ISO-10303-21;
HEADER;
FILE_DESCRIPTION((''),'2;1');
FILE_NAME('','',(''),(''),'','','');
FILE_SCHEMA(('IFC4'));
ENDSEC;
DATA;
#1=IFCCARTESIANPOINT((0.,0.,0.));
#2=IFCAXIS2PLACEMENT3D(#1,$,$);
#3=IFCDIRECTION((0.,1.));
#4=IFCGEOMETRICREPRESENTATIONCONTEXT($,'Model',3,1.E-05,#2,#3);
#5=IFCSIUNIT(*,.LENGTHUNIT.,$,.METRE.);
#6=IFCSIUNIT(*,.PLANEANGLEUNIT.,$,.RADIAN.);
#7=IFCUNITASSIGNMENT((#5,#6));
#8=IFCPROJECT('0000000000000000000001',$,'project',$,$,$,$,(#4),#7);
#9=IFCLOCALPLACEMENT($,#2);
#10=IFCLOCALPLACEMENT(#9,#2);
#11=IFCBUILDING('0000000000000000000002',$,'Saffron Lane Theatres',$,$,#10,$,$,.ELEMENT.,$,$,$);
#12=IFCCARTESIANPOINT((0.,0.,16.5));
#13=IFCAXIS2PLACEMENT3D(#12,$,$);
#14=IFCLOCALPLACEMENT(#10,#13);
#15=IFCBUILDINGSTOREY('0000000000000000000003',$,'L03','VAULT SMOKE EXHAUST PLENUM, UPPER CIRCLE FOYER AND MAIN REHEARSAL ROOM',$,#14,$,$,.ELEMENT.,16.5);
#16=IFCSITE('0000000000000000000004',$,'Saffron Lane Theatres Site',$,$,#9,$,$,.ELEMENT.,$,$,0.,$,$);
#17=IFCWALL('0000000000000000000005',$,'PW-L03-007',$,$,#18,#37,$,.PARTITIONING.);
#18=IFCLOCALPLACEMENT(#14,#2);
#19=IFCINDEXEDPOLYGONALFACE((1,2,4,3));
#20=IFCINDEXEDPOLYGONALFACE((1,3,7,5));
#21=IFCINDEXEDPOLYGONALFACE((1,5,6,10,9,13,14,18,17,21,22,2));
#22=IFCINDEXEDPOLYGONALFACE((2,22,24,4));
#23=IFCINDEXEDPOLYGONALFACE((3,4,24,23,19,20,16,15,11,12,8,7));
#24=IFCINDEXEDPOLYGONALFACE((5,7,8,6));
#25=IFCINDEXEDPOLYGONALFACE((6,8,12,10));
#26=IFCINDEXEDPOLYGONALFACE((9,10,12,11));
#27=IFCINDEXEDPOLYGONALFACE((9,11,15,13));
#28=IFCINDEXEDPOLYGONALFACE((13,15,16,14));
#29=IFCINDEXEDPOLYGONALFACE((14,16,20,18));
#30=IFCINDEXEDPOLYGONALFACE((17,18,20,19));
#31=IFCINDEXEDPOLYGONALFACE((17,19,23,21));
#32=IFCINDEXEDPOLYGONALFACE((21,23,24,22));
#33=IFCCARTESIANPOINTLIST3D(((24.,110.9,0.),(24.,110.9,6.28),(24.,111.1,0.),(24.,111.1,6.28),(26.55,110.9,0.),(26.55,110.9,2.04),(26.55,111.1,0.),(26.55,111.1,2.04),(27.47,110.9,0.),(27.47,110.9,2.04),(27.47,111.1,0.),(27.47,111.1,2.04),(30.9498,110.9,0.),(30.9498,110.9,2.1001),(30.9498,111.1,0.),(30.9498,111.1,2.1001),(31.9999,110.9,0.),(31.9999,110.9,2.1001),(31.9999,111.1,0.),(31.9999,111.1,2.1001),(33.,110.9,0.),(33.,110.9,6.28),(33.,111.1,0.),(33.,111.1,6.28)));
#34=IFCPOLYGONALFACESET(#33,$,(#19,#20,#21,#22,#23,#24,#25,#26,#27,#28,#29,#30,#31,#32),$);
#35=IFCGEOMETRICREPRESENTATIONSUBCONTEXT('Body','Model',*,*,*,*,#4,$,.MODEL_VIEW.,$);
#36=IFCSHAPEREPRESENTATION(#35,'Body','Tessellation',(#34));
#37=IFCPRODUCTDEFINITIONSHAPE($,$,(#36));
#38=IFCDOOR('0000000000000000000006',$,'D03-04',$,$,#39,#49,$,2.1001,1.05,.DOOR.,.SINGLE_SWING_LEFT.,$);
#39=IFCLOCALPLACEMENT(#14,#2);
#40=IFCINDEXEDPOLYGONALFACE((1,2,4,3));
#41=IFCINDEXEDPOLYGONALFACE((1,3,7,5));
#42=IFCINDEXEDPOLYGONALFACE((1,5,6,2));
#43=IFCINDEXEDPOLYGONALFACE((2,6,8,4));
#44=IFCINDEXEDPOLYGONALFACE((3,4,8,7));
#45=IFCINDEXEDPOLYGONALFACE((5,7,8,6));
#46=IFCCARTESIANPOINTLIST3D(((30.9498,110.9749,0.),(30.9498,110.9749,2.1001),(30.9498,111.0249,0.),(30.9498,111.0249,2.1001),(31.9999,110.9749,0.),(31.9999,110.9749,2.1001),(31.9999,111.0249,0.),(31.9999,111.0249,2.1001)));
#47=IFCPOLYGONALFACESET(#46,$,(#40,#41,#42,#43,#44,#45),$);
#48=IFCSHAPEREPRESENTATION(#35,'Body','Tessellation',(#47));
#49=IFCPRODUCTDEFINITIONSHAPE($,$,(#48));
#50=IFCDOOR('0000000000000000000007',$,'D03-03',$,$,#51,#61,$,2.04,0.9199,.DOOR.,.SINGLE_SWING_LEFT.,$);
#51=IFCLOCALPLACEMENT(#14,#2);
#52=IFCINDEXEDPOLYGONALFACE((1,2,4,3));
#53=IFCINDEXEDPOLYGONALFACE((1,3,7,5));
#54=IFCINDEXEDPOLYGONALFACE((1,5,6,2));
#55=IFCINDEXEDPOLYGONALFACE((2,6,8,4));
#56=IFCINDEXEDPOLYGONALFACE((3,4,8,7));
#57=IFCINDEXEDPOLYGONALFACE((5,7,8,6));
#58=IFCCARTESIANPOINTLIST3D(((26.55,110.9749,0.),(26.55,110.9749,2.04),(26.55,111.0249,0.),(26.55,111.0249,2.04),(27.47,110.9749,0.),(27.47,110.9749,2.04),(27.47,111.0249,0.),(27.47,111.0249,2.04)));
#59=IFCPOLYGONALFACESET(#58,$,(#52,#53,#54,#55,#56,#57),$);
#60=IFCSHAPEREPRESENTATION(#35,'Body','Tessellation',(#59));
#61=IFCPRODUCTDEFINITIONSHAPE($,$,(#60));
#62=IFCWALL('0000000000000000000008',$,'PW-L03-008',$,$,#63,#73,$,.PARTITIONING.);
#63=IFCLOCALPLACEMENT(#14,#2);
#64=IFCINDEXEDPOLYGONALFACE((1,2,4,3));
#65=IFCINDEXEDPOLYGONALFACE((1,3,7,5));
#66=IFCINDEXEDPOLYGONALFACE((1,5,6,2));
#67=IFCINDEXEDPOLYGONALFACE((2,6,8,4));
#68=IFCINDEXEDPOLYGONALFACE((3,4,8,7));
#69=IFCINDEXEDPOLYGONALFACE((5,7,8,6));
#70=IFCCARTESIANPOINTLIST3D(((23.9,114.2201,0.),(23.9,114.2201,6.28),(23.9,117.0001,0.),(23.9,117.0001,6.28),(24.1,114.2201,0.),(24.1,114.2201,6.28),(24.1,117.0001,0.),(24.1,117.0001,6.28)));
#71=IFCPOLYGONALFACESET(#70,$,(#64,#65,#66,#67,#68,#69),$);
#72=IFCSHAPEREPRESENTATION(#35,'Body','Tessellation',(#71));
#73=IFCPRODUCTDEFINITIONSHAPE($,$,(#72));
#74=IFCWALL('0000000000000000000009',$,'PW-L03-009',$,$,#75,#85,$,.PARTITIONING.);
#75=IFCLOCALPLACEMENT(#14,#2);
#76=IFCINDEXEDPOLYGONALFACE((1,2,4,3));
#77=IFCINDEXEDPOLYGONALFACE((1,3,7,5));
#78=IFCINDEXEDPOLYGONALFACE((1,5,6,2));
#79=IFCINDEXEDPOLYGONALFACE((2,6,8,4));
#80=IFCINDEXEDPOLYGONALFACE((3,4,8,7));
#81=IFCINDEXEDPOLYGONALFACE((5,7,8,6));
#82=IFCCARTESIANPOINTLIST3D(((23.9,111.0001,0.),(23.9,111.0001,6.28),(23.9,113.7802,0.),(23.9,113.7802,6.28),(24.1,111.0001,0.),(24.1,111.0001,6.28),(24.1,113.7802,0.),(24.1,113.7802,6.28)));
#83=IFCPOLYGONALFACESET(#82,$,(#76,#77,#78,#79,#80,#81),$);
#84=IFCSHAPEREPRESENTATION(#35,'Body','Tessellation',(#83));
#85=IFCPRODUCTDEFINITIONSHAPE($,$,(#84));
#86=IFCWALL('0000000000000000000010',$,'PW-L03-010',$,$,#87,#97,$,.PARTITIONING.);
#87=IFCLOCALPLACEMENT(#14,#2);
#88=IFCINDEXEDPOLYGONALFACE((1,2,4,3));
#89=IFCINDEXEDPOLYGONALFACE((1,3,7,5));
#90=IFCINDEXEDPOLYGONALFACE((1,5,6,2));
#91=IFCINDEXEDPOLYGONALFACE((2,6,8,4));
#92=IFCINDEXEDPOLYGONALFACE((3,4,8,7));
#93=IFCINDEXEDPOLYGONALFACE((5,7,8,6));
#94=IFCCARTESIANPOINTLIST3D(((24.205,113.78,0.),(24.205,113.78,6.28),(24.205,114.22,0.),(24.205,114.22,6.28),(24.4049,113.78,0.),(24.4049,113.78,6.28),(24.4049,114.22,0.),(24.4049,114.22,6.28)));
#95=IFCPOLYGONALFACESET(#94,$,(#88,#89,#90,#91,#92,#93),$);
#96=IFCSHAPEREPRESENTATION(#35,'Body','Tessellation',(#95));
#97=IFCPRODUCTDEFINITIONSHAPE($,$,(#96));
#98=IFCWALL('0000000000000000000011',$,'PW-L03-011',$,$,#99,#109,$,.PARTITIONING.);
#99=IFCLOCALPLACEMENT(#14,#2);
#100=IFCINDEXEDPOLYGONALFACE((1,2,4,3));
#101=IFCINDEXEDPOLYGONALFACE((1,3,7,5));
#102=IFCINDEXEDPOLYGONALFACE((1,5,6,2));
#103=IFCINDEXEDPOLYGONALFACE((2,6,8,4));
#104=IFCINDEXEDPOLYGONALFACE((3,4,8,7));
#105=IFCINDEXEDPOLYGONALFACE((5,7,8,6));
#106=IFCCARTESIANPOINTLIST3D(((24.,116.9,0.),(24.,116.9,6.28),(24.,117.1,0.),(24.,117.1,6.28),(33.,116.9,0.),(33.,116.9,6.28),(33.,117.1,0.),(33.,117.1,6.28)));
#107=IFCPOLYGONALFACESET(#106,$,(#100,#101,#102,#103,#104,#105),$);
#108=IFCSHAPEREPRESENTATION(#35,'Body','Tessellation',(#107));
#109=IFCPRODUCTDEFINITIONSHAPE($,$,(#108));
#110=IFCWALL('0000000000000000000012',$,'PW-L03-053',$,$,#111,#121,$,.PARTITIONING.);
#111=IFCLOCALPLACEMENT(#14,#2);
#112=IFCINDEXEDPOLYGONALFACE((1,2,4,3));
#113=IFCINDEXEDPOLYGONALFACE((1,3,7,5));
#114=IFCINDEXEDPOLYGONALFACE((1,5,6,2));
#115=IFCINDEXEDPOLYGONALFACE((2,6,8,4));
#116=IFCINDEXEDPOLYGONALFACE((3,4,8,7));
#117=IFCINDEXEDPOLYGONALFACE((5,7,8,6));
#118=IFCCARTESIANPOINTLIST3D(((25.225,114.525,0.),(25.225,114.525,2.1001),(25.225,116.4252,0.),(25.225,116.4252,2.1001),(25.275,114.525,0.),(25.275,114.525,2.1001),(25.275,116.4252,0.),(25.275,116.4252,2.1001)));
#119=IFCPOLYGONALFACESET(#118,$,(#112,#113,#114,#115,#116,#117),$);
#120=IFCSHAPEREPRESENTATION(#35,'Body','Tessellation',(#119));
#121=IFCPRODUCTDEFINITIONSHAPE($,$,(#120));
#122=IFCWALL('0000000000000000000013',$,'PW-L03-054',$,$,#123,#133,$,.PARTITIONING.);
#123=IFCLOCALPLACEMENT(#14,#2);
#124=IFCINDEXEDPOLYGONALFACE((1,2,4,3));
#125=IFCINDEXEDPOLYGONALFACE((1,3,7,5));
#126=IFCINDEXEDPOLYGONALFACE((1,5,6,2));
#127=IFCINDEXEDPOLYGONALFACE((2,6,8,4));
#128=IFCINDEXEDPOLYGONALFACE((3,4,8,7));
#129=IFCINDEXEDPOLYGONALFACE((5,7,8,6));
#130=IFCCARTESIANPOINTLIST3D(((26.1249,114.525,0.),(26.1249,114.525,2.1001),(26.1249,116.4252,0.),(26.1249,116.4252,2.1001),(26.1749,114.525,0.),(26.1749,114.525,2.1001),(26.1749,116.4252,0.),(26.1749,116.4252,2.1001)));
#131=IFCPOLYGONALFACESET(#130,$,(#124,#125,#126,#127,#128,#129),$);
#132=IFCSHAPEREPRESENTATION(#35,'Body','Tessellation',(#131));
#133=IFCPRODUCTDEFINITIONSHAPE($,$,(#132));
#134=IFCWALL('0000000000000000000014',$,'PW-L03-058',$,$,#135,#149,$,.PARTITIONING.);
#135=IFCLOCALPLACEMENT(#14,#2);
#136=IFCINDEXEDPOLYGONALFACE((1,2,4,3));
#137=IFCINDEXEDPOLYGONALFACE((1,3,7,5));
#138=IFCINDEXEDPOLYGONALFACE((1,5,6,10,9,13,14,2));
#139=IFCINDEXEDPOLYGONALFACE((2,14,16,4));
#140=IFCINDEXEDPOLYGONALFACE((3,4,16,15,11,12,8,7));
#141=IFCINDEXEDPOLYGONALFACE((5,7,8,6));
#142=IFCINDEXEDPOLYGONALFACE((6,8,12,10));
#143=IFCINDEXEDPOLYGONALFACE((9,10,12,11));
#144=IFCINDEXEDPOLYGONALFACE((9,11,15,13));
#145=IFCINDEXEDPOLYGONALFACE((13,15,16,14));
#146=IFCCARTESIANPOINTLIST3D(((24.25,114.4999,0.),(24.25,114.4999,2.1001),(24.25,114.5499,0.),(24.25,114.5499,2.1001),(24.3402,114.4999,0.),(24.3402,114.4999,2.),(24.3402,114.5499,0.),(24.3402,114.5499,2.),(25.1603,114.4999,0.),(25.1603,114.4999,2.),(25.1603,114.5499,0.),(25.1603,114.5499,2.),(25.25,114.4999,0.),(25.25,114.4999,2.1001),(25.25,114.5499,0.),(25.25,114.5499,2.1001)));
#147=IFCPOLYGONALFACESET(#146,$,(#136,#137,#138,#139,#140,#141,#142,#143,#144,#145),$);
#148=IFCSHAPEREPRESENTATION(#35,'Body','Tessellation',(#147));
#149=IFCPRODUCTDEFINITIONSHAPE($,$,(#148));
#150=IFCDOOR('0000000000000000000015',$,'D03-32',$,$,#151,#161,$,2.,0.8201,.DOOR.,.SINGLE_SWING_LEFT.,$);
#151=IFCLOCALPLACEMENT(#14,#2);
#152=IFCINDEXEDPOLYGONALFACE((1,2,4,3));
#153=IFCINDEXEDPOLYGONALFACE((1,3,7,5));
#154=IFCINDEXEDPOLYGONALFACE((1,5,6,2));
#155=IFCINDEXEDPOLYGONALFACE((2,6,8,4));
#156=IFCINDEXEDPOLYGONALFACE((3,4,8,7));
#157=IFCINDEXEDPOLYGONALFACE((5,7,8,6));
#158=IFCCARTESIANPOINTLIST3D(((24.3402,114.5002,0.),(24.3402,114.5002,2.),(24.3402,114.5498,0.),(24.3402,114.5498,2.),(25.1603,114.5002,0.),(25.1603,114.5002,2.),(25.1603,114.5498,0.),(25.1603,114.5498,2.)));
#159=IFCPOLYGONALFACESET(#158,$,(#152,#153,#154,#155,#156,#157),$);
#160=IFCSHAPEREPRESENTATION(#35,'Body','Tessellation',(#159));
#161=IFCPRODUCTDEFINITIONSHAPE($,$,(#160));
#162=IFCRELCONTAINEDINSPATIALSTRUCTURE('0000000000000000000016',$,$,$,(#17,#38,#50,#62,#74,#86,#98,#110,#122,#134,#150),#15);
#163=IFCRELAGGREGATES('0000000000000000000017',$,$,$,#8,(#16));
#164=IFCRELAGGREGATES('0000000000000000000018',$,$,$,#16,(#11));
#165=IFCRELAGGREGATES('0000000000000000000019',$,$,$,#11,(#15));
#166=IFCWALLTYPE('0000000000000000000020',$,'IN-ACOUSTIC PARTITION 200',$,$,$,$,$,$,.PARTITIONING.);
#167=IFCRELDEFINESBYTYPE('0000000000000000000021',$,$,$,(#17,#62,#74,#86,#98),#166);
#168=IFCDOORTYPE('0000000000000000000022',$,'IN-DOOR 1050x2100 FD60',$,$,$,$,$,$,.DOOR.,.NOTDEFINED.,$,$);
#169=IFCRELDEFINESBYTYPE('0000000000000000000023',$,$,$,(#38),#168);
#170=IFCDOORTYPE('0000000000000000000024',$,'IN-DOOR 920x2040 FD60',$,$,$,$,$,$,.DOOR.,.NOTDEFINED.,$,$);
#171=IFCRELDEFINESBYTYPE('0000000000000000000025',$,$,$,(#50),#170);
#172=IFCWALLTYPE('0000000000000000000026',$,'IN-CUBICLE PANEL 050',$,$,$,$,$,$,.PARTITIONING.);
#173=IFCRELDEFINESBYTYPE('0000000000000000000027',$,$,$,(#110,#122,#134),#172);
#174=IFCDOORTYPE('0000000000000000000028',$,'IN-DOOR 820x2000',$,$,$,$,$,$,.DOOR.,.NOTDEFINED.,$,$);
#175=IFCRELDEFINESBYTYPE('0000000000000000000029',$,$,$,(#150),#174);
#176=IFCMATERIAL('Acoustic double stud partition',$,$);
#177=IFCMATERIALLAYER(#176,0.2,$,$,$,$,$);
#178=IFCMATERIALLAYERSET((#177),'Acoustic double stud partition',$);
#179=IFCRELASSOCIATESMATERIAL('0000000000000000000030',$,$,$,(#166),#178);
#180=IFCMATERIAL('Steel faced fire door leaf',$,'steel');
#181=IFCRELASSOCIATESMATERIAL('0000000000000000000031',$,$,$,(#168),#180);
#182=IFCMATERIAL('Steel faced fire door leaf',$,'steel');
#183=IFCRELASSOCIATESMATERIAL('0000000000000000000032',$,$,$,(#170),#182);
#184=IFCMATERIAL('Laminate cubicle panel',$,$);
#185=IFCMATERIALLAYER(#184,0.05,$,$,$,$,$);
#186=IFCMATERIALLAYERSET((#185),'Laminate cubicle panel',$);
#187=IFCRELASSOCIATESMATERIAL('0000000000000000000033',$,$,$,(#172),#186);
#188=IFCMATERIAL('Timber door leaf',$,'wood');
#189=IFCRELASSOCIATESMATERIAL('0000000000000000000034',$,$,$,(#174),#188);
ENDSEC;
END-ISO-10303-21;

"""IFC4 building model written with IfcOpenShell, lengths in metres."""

from ifc_helpers import new_model, si_unit, direction, frame, frame_2d, origin, place, context, subcontext, project, spatial, rectangle, extrude, material, layer, layer_set, type_object, element, fill, save


model = new_model("IFC4")

# Units and contexts
model_context = context("Model", 3, precision=1e-05, world=origin(), true_north=direction((0.0, 1.0)))
body_context = subcontext(model_context, "Body", "Model", "MODEL_VIEW")
ifc_project = project(units=[si_unit("LENGTHUNIT", "METRE"), si_unit("PLANEANGLEUNIT", "RADIAN")], contexts=[model_context])

# Site, building, storey
site_placement = place(None, origin())
site = spatial("IfcSite", under=ifc_project, at=site_placement, Name="Saffron Lane Theatres Site", CompositionType="ELEMENT", RefElevation=0.0)
building_placement = place(site_placement, origin())
building = spatial("IfcBuilding", under=site, at=building_placement, Name="Saffron Lane Theatres", CompositionType="ELEMENT")
storey_placement = place(building_placement, frame((0.0, 0.0, 16.5)))
storey = spatial("IfcBuildingStorey", under=building, at=storey_placement, Name="L03", Description="VAULT SMOKE EXHAUST PLENUM, UPPER CIRCLE FOYER AND MAIN REHEARSAL ROOM", CompositionType="ELEMENT", Elevation=16.5)

# Shared definitions
ifc_material_1 = material(Name="Acoustic double stud partition")
ifc_layer_1 = layer(ifc_material_1, 0.2)
ifc_layer_set_1 = layer_set([ifc_layer_1], Name="Acoustic double stud partition")
wall_type_1 = type_object("IfcWallType", Name="IN-ACOUSTIC PARTITION 200", PredefinedType="PARTITIONING", material=ifc_layer_set_1)

# Wall, openings, doors
wall_1_placement = place(storey_placement, frame((24.0, 111.0, 0.0), z_axis=(0.0, 0.0, 1.0), x_axis=(1.0, 0.0, 0.0)))
wall_1 = element("IfcWall", 1, at=wall_1_placement, inside=storey, type_object=wall_type_1, Name="PW-L03-007", PredefinedType="PARTITIONING", context=body_context, shape_type="SweptSolid", body=[
    extrude(rectangle(XDim=9.0, YDim=0.2, at=frame_2d((4.5, 0.0))), origin(), (0.0, 0.0, 1.0), 6.28),
])
opening_1_placement = place(wall_1_placement, frame((2.55, 0.0, 0.0)))
opening_1 = element("IfcOpeningElement", 2, at=opening_1_placement, cuts=wall_1, PredefinedType="OPENING", context=body_context, shape_type="SweptSolid", body=[
    extrude(rectangle(XDim=0.9199, YDim=2.04, at=frame_2d((0.46, 1.02))), frame((0.0, 0.1099, 0.0), z_axis=(0.0, -1.0, 0.0), x_axis=(1.0, 0.0, 0.0)), (0.0, 0.0, 1.0), 0.22),
])
opening_2_placement = place(wall_1_placement, frame((6.95, 0.0, 0.0)))
opening_2 = element("IfcOpeningElement", 3, at=opening_2_placement, cuts=wall_1, PredefinedType="OPENING", context=body_context, shape_type="SweptSolid", body=[
    extrude(rectangle(XDim=1.05, YDim=2.1001, at=frame_2d((0.5249, 1.05))), frame((0.0, 0.1099, 0.0), z_axis=(0.0, -1.0, 0.0), x_axis=(1.0, 0.0, 0.0)), (0.0, 0.0, 1.0), 0.22),
])
ifc_material_2 = material(Name="Steel faced fire door leaf", Category="steel")
door_type_1 = type_object("IfcDoorType", Name="IN-DOOR 1050x2100 FD60", OperationType="NOTDEFINED", PredefinedType="DOOR", material=ifc_material_2)
door_1_placement = place(opening_2_placement, origin())
door_1 = element("IfcDoor", 4, at=door_1_placement, inside=storey, type_object=door_type_1, Name="D03-04", OperationType="SINGLE_SWING_LEFT", OverallHeight=2.1001, OverallWidth=1.05, PredefinedType="DOOR", context=body_context, shape_type="SweptSolid", body=[
    extrude(rectangle(XDim=1.05, YDim=2.1001, at=frame_2d((0.5249, 1.05))), frame((0.0, 0.0249, 0.0), z_axis=(0.0, -1.0, 0.0), x_axis=(1.0, 0.0, 0.0)), (0.0, 0.0, 1.0), 0.05),
])
fill(opening_2, door_1)
ifc_material_3 = material(Name="Steel faced fire door leaf", Category="steel")
door_type_2 = type_object("IfcDoorType", Name="IN-DOOR 920x2040 FD60", OperationType="NOTDEFINED", PredefinedType="DOOR", material=ifc_material_3)
door_2_placement = place(opening_1_placement, origin())
door_2 = element("IfcDoor", 5, at=door_2_placement, inside=storey, type_object=door_type_2, Name="D03-03", OperationType="SINGLE_SWING_LEFT", OverallHeight=2.04, OverallWidth=0.9199, PredefinedType="DOOR", context=body_context, shape_type="SweptSolid", body=[
    extrude(rectangle(XDim=0.9199, YDim=2.04, at=frame_2d((0.46, 1.02))), frame((0.0, 0.0249, 0.0), z_axis=(0.0, -1.0, 0.0), x_axis=(1.0, 0.0, 0.0)), (0.0, 0.0, 1.0), 0.05),
])
fill(opening_1, door_2)

# Walls
for number, where, z_axis, x_axis, name in (
    (6, (24.0, 114.22, 0.0), (0.0, 0.0, 1.0), (0.0, 1.0, 0.0), "PW-L03-008"),
    (7, (24.0, 111.0, 0.0), (0.0, 0.0, 1.0), (0.0, 1.0, 0.0), "PW-L03-009"),
):
    element("IfcWall", number, at=place(storey_placement, frame(where, z_axis=z_axis, x_axis=x_axis)), inside=storey, type_object=wall_type_1, Name=name, PredefinedType="PARTITIONING", context=body_context, shape_type="SweptSolid", body=[
        extrude(rectangle(XDim=2.78, YDim=0.2, at=frame_2d((1.3901, 0.0))), origin(), (0.0, 0.0, 1.0), 6.28),
    ])
wall_2_placement = place(storey_placement, frame((24.3049, 113.78, 0.0), z_axis=(0.0, 0.0, 1.0), x_axis=(0.0, 1.0, 0.0)))
element("IfcWall", 8, at=wall_2_placement, inside=storey, type_object=wall_type_1, Name="PW-L03-010", PredefinedType="PARTITIONING", context=body_context, shape_type="SweptSolid", body=[
    extrude(rectangle(XDim=0.4399, YDim=0.2, at=frame_2d((0.22, 0.0))), origin(), (0.0, 0.0, 1.0), 6.28),
])
wall_3_placement = place(storey_placement, frame((24.0, 117.0, 0.0), z_axis=(0.0, 0.0, 1.0), x_axis=(1.0, 0.0, 0.0)))
element("IfcWall", 9, at=wall_3_placement, inside=storey, type_object=wall_type_1, Name="PW-L03-011", PredefinedType="PARTITIONING", context=body_context, shape_type="SweptSolid", body=[
    extrude(rectangle(XDim=9.0, YDim=0.2, at=frame_2d((4.5, 0.0))), origin(), (0.0, 0.0, 1.0), 6.28),
])
ifc_material_4 = material(Name="Laminate cubicle panel")
ifc_layer_2 = layer(ifc_material_4, 0.05)
ifc_layer_set_2 = layer_set([ifc_layer_2], Name="Laminate cubicle panel")
wall_type_2 = type_object("IfcWallType", Name="IN-CUBICLE PANEL 050", PredefinedType="PARTITIONING", material=ifc_layer_set_2)
for number, where, z_axis, x_axis, name in (
    (10, (25.25, 114.5249, 0.0), (0.0, 0.0, 1.0), (0.0, 1.0, 0.0), "PW-L03-053"),
    (11, (26.1499, 114.5249, 0.0), (0.0, 0.0, 1.0), (0.0, 1.0, 0.0), "PW-L03-054"),
):
    element("IfcWall", number, at=place(storey_placement, frame(where, z_axis=z_axis, x_axis=x_axis)), inside=storey, type_object=wall_type_2, Name=name, PredefinedType="PARTITIONING", context=body_context, shape_type="SweptSolid", body=[
        extrude(rectangle(XDim=1.9001, YDim=0.05, at=frame_2d((0.9502, 0.0))), origin(), (0.0, 0.0, 1.0), 2.1001),
    ])

# Wall, opening, door
wall_4_placement = place(storey_placement, frame((24.25, 114.5249, 0.0), z_axis=(0.0, 0.0, 1.0), x_axis=(1.0, 0.0, 0.0)))
wall_4 = element("IfcWall", 12, at=wall_4_placement, inside=storey, type_object=wall_type_2, Name="PW-L03-058", PredefinedType="PARTITIONING", context=body_context, shape_type="SweptSolid", body=[
    extrude(rectangle(XDim=1.0, YDim=0.05, at=frame_2d((0.5, 0.0))), origin(), (0.0, 0.0, 1.0), 2.1001),
])
opening_3_placement = place(wall_4_placement, frame((0.0901, 0.0, 0.0)))
opening_3 = element("IfcOpeningElement", 13, at=opening_3_placement, cuts=wall_4, PredefinedType="OPENING", context=body_context, shape_type="SweptSolid", body=[
    extrude(rectangle(XDim=0.8201, YDim=2.0, at=frame_2d((0.4102, 1.0))), frame((0.0, 0.0352, 0.0), z_axis=(0.0, -1.0, 0.0), x_axis=(1.0, 0.0, 0.0)), (0.0, 0.0, 1.0), 0.0701),
])
ifc_material_5 = material(Name="Timber door leaf", Category="wood")
door_type_3 = type_object("IfcDoorType", Name="IN-DOOR 820x2000", OperationType="NOTDEFINED", PredefinedType="DOOR", material=ifc_material_5)
door_3_placement = place(opening_3_placement, origin())
door_3 = element("IfcDoor", 14, at=door_3_placement, inside=storey, type_object=door_type_3, Name="D03-32", OperationType="SINGLE_SWING_LEFT", OverallHeight=2.0, OverallWidth=0.8201, PredefinedType="DOOR", context=body_context, shape_type="SweptSolid", body=[
    extrude(rectangle(XDim=0.8201, YDim=2.0, at=frame_2d((0.4102, 1.0))), frame((0.0, 0.0249, 0.0), z_axis=(0.0, -1.0, 0.0), x_axis=(1.0, 0.0, 0.0)), (0.0, 0.0, 1.0), 0.0496),
])
fill(opening_3, door_3)

save(model, "model.ifc")
